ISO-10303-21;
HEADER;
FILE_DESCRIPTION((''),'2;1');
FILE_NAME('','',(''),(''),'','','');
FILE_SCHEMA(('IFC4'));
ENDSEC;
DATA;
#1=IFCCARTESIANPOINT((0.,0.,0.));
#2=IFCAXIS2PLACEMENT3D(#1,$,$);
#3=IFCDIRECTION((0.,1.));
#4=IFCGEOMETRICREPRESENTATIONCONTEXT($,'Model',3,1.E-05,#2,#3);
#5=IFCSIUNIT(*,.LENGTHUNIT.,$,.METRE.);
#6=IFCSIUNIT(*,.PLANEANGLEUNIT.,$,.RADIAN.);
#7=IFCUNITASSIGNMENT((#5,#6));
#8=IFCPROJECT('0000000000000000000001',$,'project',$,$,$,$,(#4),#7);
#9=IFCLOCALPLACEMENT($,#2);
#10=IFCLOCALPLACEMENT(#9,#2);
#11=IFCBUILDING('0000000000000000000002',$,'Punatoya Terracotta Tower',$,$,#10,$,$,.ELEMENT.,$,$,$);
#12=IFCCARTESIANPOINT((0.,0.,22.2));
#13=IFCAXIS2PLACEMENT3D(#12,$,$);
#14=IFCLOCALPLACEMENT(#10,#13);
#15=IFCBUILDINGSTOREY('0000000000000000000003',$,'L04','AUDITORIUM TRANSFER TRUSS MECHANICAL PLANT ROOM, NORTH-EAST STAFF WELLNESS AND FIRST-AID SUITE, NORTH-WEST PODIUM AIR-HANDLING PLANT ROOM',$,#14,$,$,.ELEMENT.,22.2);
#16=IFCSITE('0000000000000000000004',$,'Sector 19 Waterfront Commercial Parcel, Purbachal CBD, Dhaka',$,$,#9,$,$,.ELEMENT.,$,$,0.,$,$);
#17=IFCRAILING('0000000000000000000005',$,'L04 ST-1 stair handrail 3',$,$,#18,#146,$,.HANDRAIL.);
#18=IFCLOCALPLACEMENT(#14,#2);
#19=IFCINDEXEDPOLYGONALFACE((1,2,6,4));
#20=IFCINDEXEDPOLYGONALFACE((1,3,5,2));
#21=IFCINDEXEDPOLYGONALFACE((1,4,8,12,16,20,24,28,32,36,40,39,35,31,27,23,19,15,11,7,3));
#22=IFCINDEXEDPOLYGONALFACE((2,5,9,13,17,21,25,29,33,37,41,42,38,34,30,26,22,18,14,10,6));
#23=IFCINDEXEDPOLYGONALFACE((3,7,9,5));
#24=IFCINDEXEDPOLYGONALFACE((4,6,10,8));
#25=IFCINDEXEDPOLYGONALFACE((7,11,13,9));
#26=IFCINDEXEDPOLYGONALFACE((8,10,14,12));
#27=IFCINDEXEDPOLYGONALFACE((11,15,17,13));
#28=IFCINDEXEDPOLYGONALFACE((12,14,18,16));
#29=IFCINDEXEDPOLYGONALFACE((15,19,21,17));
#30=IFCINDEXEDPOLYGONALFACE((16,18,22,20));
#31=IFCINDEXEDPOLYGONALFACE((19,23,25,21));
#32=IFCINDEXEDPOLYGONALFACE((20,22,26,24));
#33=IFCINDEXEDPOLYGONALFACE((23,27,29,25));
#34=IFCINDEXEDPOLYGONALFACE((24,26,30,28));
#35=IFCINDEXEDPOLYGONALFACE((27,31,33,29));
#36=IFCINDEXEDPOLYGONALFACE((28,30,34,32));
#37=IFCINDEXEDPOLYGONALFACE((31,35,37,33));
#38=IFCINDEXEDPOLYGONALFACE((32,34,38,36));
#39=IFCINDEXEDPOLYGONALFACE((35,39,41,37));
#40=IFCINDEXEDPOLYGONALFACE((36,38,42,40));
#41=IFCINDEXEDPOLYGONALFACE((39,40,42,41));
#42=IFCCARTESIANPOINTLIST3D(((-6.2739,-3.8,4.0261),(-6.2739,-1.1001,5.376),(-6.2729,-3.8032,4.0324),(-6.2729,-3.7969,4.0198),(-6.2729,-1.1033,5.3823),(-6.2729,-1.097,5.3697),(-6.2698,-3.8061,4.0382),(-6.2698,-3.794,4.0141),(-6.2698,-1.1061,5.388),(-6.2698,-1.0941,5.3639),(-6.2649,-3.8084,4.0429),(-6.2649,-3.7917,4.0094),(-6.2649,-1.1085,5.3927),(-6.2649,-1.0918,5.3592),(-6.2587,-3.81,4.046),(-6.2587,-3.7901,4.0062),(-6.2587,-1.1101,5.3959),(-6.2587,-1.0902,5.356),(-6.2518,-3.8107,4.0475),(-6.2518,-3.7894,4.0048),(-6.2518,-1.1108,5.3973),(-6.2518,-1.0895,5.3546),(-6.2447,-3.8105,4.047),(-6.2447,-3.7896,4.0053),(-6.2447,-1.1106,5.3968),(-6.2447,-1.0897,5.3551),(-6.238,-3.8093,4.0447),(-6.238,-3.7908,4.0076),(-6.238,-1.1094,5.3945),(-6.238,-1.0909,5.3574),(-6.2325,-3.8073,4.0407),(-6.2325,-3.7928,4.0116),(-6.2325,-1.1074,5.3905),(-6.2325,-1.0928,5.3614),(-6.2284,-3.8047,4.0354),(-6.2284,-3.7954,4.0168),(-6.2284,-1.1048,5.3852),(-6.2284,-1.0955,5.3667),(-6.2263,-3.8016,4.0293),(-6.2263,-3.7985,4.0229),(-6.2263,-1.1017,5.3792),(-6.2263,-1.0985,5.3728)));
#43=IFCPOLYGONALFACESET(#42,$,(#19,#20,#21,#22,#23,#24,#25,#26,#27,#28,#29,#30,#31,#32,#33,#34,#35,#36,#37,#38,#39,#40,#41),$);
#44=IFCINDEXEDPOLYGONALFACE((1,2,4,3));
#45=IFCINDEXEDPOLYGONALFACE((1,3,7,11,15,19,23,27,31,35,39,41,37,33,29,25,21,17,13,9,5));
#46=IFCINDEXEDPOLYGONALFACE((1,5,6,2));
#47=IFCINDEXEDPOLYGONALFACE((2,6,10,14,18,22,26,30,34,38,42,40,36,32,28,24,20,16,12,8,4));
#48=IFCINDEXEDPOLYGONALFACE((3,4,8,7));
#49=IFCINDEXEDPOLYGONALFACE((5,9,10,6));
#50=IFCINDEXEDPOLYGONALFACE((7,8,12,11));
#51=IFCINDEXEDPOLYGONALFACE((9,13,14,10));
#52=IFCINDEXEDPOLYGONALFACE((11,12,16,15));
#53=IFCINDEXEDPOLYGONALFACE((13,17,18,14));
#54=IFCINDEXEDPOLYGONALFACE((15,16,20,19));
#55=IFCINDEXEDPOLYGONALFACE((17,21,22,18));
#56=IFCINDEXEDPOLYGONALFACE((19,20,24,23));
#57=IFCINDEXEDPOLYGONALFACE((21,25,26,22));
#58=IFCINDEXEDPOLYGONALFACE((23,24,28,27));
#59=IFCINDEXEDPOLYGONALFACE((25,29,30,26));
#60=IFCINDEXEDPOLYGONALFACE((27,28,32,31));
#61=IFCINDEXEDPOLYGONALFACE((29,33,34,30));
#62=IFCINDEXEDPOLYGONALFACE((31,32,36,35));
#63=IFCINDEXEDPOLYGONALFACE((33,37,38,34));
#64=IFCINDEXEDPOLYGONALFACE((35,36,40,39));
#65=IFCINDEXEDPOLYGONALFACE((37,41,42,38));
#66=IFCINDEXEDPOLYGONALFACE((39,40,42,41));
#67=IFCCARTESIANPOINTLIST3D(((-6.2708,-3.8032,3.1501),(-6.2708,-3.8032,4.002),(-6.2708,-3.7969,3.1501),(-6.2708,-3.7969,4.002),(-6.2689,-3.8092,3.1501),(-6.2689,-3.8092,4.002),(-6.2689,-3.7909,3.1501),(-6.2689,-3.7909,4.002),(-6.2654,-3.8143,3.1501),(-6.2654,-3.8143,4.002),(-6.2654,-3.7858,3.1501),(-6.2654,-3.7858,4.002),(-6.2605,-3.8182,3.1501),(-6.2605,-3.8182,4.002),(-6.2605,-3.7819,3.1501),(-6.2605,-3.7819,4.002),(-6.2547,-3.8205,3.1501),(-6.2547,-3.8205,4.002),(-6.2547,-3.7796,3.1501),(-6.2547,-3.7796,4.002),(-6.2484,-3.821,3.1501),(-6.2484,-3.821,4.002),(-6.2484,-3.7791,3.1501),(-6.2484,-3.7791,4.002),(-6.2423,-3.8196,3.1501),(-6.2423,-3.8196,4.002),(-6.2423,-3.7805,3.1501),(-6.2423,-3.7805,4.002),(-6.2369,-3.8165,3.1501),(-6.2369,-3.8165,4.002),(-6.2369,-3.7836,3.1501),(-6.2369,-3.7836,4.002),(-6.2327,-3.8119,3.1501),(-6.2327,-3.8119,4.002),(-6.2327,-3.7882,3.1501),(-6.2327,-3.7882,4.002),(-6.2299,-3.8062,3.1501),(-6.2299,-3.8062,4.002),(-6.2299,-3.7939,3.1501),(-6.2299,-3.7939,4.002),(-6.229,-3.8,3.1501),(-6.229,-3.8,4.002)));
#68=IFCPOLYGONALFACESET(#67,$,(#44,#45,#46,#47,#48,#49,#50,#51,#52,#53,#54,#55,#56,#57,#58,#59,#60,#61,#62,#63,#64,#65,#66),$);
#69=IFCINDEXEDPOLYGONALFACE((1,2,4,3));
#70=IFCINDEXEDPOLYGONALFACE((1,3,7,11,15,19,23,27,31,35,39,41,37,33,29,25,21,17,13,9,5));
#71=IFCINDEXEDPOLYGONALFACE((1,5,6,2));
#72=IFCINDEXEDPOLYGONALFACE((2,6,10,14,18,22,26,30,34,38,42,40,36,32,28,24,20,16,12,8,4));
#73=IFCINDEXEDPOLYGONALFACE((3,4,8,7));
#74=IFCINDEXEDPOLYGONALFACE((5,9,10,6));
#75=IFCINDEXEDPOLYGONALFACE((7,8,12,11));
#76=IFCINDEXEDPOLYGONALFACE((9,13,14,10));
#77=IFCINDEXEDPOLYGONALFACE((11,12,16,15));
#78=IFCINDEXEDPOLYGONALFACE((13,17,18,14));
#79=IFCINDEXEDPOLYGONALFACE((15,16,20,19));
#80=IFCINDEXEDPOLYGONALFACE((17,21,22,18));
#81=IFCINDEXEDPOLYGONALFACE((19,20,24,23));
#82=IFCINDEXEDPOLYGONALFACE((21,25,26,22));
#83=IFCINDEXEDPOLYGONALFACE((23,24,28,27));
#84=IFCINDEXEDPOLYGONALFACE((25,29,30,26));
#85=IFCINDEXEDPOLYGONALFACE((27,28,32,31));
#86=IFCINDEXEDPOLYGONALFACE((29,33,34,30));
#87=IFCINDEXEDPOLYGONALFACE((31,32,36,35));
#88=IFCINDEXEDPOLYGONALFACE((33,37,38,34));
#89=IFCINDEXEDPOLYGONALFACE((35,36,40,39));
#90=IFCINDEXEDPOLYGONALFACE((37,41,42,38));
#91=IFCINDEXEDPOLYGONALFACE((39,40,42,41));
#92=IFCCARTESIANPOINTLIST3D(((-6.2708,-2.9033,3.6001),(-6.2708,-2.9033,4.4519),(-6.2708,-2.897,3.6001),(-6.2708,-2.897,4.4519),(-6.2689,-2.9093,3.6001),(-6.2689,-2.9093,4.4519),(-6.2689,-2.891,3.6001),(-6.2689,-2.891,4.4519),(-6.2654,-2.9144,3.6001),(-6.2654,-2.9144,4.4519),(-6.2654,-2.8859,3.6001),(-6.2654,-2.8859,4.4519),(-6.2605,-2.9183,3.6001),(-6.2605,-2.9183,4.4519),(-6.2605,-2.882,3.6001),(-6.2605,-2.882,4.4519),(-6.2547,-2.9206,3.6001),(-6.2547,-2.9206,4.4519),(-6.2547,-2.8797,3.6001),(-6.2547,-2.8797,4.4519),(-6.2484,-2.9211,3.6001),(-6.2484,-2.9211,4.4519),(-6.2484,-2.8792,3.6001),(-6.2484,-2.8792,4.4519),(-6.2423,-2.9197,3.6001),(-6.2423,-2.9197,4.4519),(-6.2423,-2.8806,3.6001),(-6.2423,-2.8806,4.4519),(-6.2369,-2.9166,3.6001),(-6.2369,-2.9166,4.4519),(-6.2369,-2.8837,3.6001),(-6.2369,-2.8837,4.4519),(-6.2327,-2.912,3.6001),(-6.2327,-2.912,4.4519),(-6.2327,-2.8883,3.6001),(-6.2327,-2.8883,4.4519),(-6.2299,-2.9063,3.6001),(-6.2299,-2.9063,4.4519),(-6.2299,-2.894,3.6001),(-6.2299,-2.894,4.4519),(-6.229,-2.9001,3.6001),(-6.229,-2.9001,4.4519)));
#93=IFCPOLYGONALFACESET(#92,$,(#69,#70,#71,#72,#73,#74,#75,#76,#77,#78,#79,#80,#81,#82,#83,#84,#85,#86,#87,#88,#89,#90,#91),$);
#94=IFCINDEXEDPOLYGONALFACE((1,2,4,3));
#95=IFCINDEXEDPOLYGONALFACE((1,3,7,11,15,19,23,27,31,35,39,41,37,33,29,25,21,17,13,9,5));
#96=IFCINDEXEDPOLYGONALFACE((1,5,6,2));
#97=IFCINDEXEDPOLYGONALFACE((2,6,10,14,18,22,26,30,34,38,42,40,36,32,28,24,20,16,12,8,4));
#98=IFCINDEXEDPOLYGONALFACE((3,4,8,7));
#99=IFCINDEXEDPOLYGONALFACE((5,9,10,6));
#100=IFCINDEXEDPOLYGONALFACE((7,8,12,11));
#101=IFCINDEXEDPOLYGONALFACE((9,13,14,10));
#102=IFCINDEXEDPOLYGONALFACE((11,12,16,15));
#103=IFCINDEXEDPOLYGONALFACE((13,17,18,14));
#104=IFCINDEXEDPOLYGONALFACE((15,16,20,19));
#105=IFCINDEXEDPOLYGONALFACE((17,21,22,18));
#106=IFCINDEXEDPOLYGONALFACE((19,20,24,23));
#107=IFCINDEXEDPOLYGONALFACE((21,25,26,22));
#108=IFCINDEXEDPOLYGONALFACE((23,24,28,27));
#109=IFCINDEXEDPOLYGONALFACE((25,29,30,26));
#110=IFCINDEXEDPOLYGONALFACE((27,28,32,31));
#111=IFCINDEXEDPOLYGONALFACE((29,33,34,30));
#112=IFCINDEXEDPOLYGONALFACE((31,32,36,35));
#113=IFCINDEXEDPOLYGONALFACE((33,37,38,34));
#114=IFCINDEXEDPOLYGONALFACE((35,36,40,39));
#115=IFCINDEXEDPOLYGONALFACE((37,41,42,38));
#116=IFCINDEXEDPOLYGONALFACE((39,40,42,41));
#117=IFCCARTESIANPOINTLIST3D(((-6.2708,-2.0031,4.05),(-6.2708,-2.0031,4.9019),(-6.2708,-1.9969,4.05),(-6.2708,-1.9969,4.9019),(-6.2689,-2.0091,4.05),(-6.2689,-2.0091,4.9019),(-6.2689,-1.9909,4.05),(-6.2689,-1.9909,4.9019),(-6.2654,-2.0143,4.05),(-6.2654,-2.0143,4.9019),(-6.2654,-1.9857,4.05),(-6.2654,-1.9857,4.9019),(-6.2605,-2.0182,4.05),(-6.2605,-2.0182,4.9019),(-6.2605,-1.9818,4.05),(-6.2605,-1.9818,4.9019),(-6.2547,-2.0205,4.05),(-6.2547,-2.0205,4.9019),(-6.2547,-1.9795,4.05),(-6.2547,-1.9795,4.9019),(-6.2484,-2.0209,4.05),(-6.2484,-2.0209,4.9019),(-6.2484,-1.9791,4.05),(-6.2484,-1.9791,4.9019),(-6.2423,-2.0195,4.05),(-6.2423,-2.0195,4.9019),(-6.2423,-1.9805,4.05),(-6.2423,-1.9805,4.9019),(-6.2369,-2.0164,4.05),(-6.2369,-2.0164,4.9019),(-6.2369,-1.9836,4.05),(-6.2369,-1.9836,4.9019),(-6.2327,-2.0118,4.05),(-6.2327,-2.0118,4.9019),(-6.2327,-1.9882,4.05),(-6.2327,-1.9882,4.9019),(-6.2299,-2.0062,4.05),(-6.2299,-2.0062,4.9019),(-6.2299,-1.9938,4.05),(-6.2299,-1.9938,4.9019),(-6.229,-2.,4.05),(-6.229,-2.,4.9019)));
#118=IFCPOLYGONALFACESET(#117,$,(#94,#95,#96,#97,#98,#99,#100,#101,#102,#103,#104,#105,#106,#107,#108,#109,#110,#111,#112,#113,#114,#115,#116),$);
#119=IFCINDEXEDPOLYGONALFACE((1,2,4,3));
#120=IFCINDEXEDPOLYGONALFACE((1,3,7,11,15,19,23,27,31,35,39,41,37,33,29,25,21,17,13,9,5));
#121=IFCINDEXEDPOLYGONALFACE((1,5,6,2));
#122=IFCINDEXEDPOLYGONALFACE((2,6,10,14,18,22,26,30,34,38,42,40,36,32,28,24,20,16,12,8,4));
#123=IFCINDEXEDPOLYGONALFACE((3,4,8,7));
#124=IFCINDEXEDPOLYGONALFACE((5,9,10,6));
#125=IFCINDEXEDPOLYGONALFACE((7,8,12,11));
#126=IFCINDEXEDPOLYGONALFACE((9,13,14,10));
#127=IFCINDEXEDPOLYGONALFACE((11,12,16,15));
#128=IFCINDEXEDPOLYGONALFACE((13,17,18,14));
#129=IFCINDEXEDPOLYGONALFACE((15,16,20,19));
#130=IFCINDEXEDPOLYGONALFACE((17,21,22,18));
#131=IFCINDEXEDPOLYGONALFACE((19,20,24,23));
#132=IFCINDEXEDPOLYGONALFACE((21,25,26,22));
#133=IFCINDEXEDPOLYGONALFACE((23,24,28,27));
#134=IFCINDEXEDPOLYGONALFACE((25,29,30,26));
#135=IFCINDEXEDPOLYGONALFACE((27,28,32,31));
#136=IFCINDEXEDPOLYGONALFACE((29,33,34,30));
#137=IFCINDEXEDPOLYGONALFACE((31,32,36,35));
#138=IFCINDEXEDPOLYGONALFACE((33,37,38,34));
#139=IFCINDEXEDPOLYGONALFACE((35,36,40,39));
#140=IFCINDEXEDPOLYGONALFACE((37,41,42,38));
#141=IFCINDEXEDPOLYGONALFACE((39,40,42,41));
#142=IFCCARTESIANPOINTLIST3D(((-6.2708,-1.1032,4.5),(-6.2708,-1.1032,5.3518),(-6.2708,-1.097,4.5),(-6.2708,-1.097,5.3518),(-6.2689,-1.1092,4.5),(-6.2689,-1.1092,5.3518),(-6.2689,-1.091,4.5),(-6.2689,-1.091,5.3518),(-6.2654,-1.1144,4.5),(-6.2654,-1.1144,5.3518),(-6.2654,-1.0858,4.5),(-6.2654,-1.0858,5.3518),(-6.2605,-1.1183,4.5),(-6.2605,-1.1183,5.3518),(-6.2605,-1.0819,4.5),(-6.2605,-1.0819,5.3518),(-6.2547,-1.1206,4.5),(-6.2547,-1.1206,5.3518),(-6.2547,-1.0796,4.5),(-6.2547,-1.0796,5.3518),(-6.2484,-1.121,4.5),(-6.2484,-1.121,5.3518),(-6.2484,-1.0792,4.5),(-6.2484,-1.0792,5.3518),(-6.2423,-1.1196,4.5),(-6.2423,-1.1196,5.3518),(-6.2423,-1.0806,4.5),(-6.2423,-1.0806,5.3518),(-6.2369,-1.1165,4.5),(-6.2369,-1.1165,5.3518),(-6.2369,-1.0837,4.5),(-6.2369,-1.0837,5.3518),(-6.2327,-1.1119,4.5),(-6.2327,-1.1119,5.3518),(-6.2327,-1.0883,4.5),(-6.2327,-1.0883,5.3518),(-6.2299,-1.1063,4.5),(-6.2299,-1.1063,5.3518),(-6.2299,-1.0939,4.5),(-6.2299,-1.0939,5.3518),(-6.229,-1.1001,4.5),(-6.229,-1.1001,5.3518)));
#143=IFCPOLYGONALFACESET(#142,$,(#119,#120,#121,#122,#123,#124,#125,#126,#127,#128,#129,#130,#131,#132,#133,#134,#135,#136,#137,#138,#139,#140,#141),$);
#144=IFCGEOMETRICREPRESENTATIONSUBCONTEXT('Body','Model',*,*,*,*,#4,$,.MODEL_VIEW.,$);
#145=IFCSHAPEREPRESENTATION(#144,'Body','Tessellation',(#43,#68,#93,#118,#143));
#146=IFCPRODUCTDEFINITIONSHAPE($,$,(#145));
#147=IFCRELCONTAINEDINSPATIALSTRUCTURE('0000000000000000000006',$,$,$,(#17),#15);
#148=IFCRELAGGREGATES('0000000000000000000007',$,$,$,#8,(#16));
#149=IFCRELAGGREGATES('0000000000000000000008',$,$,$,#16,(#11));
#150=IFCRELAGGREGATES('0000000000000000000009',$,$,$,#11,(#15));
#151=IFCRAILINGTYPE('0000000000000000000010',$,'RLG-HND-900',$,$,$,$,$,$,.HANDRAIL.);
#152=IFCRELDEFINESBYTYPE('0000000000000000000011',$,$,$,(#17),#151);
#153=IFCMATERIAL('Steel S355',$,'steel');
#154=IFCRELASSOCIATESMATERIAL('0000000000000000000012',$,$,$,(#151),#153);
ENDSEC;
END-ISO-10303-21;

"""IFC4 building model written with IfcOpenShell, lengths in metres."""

from ifc_helpers import new_model, si_unit, direction, frame, origin, origin_2d, place, context, subcontext, project, spatial, circle, extrude, material, type_object, element, save


model = new_model("IFC4")

# Units and contexts
model_context = context("Model", 3, precision=1e-05, world=origin(), true_north=direction((0.0, 1.0)))
body_context = subcontext(model_context, "Body", "Model", "MODEL_VIEW")
ifc_project = project(units=[si_unit("LENGTHUNIT", "METRE"), si_unit("PLANEANGLEUNIT", "RADIAN")], contexts=[model_context])

# Site, building, storey
site_placement = place(None, origin())
site = spatial("IfcSite", under=ifc_project, at=site_placement, Name="Sector 19 Waterfront Commercial Parcel, Purbachal CBD, Dhaka", CompositionType="ELEMENT", RefElevation=0.0)
building_placement = place(site_placement, origin())
building = spatial("IfcBuilding", under=site, at=building_placement, Name="Punatoya Terracotta Tower", CompositionType="ELEMENT")
storey_placement = place(building_placement, frame((0.0, 0.0, 22.2)))
storey = spatial("IfcBuildingStorey", under=building, at=storey_placement, Name="L04", Description="AUDITORIUM TRANSFER TRUSS MECHANICAL PLANT ROOM, NORTH-EAST STAFF WELLNESS AND FIRST-AID SUITE, NORTH-WEST PODIUM AIR-HANDLING PLANT ROOM", CompositionType="ELEMENT", Elevation=22.2)

# Railing
ifc_material_1 = material(Name="Steel S355", Category="steel")
railing_type_1 = type_object("IfcRailingType", Name="RLG-HND-900", PredefinedType="HANDRAIL", material=ifc_material_1)
for number, where, name in (
    (1, (-6.25, -3.8, 3.1501), "L04 ST-1 stair handrail 3"),
):
    element("IfcRailing", number, at=place(storey_placement, frame(where)), inside=storey, type_object=railing_type_1, Name=name, PredefinedType="HANDRAIL", context=body_context, shape_type="SweptSolid", body=[
        extrude(circle(Radius=0.0239, at=origin_2d()), frame((0.0, 0.0, 0.876), z_axis=(0.0, 0.894443, 0.447181), x_axis=(-1.0, 0.0, 0.0)), (0.0, 0.0, 1.0), 3.0186),
        extrude(circle(Radius=0.021, at=origin_2d()), origin(), (0.0, 0.0, 1.0), 0.8518),
        extrude(circle(Radius=0.021, at=origin_2d()), frame((0.0, 0.8999, 0.45)), (0.0, 0.0, 1.0), 0.8518),
        extrude(circle(Radius=0.021, at=origin_2d()), frame((0.0, 1.8, 0.8999)), (0.0, 0.0, 1.0), 0.8518),
        extrude(circle(Radius=0.021, at=origin_2d()), frame((0.0, 2.7, 1.3499)), (0.0, 0.0, 1.0), 0.8518),
    ])

save(model, "model.ifc")
